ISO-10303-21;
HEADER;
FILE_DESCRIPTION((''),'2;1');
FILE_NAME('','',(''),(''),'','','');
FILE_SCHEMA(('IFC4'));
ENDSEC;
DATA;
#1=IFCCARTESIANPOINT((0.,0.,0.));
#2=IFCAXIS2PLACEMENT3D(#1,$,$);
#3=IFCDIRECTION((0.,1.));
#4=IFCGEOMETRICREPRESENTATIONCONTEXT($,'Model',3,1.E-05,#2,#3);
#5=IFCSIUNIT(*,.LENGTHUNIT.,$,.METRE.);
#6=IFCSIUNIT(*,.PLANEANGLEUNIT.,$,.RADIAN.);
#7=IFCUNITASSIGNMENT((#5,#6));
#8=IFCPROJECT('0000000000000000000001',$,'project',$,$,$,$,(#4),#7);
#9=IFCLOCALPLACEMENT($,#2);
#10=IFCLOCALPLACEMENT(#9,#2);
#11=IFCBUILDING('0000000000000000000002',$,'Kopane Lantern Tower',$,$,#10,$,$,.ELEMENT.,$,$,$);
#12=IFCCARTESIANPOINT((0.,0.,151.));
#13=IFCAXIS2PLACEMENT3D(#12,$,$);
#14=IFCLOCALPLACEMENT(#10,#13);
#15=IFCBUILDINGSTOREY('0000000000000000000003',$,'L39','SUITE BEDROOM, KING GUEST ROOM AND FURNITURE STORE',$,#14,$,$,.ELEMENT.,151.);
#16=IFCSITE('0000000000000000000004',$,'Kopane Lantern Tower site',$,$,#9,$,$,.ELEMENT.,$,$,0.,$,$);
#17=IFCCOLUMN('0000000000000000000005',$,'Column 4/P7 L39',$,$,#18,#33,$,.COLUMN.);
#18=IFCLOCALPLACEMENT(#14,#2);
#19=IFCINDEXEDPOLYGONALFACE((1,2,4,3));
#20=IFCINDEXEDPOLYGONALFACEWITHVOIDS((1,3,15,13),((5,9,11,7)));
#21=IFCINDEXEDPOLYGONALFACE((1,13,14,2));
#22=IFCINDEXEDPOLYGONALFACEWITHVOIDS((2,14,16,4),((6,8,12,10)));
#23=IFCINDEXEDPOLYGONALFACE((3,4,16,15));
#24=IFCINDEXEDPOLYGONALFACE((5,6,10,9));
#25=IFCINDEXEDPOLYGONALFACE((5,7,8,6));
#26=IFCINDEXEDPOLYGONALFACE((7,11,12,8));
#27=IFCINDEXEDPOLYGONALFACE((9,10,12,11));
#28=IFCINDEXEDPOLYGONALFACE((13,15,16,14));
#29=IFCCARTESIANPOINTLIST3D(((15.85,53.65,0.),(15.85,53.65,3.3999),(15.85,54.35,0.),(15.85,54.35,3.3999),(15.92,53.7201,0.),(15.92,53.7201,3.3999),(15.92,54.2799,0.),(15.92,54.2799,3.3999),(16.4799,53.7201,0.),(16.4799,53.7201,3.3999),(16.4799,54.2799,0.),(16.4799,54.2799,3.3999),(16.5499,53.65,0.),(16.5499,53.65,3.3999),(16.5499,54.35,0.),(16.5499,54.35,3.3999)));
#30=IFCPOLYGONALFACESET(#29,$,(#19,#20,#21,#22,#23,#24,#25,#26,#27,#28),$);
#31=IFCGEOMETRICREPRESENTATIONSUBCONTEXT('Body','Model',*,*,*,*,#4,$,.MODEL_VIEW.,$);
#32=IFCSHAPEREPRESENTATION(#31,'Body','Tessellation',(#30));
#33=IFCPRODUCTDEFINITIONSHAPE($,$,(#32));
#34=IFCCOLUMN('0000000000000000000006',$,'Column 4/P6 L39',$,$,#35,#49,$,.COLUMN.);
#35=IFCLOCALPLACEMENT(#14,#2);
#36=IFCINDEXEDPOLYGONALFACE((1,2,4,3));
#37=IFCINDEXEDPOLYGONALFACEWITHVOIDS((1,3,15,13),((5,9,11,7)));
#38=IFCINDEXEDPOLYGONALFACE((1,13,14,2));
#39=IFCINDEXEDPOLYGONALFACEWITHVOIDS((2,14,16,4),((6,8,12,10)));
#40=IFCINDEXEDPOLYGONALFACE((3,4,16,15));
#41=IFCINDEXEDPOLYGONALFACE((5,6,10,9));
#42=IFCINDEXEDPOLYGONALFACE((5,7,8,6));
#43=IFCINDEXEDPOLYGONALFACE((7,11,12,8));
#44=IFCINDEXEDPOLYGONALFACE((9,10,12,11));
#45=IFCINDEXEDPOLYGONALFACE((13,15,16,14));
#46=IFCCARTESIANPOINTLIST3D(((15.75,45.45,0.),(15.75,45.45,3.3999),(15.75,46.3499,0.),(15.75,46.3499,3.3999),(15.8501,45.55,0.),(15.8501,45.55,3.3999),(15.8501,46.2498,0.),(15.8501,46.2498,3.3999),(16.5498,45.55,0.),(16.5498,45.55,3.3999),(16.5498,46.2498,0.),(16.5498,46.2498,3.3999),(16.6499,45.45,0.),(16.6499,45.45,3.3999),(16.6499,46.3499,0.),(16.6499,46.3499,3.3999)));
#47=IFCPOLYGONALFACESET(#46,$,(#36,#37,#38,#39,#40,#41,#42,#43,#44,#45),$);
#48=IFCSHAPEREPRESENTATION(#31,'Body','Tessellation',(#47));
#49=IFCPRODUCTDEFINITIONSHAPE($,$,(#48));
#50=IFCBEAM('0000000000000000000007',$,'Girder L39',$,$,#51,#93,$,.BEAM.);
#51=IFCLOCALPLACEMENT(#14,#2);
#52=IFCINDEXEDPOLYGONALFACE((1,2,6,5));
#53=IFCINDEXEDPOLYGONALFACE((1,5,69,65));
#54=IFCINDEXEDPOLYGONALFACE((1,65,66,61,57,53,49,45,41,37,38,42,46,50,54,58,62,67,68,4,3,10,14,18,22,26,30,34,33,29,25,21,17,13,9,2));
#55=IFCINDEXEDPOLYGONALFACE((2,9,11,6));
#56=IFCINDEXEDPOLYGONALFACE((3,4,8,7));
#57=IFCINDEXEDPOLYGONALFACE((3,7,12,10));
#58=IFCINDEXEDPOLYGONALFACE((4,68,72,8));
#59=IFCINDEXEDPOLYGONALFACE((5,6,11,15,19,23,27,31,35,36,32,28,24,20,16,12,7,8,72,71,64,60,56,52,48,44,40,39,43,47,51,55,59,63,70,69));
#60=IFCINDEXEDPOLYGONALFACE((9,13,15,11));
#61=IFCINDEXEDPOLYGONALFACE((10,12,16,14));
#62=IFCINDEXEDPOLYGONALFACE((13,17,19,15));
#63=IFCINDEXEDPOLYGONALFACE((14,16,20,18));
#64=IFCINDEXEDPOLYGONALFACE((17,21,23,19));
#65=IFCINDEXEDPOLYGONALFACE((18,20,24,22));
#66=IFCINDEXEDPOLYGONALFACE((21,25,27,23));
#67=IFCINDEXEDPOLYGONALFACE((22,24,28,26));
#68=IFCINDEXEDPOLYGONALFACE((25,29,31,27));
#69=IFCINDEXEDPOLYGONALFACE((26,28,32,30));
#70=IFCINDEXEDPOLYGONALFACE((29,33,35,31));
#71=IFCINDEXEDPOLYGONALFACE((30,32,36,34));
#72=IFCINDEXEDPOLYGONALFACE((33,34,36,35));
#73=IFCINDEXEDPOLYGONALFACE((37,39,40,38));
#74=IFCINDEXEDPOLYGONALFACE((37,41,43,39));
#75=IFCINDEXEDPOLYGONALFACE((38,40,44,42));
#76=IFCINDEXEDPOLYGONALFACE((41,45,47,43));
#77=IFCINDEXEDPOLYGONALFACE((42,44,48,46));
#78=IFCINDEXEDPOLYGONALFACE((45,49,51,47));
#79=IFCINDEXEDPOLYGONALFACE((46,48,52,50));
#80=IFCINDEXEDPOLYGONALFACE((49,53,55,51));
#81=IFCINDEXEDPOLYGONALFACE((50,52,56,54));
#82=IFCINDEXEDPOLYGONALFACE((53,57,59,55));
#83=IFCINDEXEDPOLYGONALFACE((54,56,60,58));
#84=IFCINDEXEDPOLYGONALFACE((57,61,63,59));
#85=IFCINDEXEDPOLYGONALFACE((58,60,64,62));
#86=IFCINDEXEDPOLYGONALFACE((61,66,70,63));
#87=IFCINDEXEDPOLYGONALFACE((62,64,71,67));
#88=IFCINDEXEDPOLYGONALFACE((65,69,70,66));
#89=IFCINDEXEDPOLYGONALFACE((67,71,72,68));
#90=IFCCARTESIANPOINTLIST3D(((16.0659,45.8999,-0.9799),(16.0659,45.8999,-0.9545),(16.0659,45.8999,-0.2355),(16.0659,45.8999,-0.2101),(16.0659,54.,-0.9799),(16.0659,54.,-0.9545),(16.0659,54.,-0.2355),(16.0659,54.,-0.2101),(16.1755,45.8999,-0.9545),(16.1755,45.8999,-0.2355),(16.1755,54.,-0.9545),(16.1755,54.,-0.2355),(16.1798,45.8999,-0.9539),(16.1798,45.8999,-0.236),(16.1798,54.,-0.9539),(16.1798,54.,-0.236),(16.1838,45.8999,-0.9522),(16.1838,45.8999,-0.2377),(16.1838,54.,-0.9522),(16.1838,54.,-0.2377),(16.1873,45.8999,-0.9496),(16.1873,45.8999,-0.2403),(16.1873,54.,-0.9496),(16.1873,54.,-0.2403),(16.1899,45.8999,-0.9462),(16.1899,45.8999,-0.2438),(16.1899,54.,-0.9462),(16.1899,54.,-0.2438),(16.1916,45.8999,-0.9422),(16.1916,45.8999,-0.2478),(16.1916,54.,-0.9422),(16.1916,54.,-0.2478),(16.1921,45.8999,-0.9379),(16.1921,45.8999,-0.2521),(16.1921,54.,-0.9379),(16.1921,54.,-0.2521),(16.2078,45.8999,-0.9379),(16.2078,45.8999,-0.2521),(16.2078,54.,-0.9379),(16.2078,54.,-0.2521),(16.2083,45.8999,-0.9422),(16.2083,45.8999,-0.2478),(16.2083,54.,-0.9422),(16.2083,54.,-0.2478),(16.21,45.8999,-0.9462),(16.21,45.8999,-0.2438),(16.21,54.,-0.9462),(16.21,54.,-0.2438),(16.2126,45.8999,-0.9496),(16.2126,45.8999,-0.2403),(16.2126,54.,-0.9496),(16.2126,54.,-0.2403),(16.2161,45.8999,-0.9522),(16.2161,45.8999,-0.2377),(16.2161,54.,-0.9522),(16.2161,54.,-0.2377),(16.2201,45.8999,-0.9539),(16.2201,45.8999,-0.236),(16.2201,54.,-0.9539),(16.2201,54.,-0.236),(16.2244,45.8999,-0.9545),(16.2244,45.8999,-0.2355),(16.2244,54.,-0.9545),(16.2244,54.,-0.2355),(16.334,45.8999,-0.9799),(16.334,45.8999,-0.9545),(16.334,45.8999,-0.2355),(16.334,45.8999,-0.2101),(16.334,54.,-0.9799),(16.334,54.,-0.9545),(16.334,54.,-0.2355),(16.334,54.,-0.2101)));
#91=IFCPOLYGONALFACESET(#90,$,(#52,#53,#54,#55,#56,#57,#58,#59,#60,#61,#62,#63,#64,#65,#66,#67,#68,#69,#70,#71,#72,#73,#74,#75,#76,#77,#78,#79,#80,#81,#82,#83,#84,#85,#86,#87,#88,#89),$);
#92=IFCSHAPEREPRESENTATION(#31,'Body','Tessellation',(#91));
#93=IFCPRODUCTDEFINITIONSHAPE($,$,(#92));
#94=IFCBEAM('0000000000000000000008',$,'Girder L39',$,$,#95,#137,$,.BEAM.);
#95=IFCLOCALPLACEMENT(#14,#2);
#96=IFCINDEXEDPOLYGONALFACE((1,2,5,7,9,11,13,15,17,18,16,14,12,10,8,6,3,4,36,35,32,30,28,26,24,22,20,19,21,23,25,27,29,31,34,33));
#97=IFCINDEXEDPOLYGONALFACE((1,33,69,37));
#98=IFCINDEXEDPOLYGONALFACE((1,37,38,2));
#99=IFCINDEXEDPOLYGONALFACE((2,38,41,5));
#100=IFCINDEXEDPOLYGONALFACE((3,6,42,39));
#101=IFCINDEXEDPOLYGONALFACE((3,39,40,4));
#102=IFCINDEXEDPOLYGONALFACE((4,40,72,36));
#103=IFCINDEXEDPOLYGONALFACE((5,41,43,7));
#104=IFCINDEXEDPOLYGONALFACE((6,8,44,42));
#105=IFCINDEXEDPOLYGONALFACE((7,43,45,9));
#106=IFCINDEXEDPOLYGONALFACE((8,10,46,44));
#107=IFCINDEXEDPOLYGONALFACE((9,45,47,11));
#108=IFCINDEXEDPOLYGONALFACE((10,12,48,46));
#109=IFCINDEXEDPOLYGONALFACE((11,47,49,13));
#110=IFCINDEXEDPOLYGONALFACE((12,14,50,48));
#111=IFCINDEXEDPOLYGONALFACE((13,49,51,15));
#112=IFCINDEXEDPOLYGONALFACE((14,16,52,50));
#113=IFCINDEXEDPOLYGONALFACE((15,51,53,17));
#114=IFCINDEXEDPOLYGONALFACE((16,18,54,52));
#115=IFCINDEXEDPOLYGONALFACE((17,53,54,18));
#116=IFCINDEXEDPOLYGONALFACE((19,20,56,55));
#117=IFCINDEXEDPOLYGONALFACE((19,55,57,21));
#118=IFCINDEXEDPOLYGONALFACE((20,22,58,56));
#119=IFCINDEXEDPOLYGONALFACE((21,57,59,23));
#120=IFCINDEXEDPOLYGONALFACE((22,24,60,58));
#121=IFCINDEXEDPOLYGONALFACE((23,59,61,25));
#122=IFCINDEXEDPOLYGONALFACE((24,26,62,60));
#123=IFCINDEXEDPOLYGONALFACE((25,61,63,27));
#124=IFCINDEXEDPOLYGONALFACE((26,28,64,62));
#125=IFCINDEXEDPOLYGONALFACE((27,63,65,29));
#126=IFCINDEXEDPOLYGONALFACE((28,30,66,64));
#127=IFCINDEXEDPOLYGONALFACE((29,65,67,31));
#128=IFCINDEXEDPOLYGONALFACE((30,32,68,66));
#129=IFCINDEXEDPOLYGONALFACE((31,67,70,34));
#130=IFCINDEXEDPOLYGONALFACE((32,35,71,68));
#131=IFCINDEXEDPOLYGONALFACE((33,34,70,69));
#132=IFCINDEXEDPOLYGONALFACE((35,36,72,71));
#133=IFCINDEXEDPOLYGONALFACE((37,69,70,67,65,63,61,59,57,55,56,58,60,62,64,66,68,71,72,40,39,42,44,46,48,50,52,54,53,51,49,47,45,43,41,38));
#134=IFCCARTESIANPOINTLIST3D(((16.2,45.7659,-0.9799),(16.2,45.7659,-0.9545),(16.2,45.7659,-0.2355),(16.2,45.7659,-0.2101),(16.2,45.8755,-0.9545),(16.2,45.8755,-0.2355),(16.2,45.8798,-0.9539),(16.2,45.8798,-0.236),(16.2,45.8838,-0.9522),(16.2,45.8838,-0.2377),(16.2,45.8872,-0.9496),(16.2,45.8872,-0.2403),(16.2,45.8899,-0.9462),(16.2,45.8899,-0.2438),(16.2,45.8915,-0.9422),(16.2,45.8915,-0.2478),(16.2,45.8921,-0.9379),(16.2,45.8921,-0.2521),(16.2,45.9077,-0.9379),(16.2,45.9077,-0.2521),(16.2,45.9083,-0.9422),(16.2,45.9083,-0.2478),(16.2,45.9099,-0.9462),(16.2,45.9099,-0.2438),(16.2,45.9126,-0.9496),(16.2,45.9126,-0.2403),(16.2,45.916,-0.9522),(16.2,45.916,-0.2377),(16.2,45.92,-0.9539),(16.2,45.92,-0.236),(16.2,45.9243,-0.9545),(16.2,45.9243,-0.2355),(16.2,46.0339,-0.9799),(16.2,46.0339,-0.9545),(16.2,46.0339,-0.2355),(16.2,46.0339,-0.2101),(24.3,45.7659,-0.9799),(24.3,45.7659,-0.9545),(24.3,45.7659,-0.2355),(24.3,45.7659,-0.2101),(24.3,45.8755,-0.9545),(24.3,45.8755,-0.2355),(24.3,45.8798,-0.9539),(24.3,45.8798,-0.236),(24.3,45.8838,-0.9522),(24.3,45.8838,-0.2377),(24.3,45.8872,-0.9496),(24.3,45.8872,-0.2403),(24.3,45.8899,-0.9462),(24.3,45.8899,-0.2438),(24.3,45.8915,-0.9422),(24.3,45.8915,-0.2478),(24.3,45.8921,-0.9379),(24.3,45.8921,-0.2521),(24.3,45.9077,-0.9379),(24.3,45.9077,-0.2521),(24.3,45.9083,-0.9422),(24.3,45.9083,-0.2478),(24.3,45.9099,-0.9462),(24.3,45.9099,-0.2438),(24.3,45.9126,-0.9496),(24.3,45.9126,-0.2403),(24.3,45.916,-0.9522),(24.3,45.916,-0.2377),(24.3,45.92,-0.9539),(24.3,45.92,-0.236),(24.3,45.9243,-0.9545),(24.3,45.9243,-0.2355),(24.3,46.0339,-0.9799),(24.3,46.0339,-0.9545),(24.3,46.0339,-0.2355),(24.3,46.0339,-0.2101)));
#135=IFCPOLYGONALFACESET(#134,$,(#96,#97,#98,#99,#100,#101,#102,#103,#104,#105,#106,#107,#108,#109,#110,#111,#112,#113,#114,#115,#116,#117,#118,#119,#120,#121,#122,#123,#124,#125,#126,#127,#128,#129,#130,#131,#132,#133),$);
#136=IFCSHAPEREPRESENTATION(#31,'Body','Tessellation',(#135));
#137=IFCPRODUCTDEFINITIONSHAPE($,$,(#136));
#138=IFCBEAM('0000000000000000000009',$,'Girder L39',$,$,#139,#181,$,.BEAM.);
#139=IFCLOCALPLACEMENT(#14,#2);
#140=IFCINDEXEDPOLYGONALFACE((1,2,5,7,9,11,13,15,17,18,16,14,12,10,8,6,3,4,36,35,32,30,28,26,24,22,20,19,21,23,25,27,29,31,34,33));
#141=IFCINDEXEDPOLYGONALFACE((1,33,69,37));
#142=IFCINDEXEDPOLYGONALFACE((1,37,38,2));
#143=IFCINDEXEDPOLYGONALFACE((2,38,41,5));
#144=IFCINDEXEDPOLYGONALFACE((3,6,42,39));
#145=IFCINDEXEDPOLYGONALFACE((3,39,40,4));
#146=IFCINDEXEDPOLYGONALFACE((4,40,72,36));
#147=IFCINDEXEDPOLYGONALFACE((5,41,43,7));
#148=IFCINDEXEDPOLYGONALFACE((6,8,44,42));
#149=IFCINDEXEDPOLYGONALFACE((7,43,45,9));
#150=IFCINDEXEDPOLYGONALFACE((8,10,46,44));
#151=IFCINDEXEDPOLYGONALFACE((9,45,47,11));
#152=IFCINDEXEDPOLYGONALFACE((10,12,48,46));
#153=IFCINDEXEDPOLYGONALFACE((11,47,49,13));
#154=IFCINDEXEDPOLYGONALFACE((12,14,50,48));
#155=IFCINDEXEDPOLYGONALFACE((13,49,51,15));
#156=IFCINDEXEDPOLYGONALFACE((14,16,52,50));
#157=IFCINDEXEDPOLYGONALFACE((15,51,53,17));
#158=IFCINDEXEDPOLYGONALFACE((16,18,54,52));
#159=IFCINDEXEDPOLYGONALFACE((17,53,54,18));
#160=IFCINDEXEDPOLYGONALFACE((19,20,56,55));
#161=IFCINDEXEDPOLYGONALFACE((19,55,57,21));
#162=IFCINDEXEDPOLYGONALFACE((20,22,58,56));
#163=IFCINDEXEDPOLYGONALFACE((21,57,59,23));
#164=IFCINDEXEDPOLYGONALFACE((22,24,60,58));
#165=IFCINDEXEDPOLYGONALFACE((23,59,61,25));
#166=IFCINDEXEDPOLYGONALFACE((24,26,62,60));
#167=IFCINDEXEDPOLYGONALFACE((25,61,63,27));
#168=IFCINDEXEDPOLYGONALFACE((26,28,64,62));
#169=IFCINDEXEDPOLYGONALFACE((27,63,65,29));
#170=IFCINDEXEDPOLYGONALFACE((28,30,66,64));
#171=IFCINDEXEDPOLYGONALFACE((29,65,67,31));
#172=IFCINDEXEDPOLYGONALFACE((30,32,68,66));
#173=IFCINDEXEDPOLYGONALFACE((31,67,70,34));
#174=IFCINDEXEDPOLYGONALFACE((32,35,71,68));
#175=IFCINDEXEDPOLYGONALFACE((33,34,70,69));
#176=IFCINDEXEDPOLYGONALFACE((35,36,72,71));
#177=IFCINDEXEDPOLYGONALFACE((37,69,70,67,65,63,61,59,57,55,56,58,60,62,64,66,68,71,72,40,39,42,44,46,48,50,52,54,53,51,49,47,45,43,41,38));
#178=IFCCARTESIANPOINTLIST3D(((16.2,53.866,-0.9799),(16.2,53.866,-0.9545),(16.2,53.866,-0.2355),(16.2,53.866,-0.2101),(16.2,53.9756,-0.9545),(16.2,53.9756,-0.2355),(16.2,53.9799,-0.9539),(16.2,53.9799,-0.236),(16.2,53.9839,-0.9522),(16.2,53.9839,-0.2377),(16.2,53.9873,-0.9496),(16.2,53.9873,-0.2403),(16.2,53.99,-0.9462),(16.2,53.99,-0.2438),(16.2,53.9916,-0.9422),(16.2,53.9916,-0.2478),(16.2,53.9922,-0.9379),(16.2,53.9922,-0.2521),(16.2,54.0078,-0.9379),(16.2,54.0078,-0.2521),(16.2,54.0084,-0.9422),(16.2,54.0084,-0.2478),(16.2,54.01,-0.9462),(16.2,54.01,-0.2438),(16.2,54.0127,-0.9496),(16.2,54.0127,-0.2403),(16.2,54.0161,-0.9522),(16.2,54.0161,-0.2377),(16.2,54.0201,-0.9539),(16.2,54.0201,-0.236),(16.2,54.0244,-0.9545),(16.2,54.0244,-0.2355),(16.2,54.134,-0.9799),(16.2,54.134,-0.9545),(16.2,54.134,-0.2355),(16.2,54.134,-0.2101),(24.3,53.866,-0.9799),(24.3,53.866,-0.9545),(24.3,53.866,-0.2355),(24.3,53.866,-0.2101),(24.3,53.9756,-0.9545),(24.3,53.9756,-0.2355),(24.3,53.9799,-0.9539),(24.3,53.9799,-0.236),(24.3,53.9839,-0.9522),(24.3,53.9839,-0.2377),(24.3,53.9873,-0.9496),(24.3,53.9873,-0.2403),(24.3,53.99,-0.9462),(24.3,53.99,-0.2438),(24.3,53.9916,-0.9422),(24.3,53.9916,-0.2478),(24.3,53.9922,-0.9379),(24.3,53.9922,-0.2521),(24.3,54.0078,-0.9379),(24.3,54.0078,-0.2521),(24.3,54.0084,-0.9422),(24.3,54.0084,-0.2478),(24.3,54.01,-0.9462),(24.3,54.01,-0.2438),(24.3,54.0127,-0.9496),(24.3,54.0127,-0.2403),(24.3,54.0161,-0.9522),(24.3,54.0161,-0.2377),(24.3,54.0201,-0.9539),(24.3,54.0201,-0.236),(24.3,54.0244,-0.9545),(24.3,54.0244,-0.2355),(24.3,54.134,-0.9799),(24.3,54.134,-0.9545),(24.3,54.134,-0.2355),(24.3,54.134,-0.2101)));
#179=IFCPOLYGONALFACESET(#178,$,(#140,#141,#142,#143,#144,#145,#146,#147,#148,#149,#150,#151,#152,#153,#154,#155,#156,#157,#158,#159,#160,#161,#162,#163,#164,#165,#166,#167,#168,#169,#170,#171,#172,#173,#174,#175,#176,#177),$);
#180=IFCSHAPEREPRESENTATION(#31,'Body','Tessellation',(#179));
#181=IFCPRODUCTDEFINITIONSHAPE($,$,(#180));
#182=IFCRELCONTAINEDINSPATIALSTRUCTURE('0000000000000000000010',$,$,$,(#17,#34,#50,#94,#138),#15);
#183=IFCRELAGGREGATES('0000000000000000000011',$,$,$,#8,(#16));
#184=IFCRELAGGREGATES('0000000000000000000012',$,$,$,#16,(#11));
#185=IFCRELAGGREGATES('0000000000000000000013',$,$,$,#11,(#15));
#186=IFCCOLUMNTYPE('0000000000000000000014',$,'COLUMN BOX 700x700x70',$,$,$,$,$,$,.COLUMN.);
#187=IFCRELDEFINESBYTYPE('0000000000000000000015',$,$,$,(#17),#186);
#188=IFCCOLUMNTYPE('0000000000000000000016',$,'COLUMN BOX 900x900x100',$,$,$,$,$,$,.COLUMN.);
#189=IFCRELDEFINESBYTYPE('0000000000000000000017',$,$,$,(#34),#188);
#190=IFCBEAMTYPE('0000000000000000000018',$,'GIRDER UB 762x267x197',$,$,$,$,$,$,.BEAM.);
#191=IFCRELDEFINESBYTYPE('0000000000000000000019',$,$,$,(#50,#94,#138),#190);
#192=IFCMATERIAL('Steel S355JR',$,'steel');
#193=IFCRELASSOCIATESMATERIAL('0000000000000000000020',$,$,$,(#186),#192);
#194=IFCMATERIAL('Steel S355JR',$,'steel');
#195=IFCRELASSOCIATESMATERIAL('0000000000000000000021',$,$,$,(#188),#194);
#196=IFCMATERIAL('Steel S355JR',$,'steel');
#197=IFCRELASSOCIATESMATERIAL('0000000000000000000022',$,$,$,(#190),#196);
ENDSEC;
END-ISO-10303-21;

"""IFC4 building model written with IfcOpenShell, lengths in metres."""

from ifc_helpers import new_model, si_unit, direction, frame, origin, origin_2d, place, context, subcontext, project, spatial, hollow_rectangle, i_section, extrude, material, material_profile, profile_set, type_object, element, save


model = new_model("IFC4")

# Units and contexts
model_context = context("Model", 3, precision=1e-05, world=origin(), true_north=direction((0.0, 1.0)))
body_context = subcontext(model_context, "Body", "Model", "MODEL_VIEW")
ifc_project = project(units=[si_unit("LENGTHUNIT", "METRE"), si_unit("PLANEANGLEUNIT", "RADIAN")], contexts=[model_context])

# Site, building, storey
site_placement = place(None, origin())
site = spatial("IfcSite", under=ifc_project, at=site_placement, Name="Kopane Lantern Tower site", CompositionType="ELEMENT", RefElevation=0.0)
building_placement = place(site_placement, origin())
building = spatial("IfcBuilding", under=site, at=building_placement, Name="Kopane Lantern Tower", CompositionType="ELEMENT")
storey_placement = place(building_placement, frame((0.0, 0.0, 151.0)))
storey = spatial("IfcBuildingStorey", under=building, at=storey_placement, Name="L39", Description="SUITE BEDROOM, KING GUEST ROOM AND FURNITURE STORE", CompositionType="ELEMENT", Elevation=151.0)

# Columns
ifc_material_1 = material(Name="Steel S355JR", Category="steel")
ifc_material_profile_1 = material_profile(ifc_material_1, hollow_rectangle(XDim=0.7, YDim=0.7, WallThickness=0.0701, at=origin_2d()), Name="BOX 700x700x70")
ifc_profile_set_1 = profile_set([ifc_material_profile_1], Name="Steel S355JR")
column_type_1 = type_object("IfcColumnType", Name="COLUMN BOX 700x700x70", PredefinedType="COLUMN", material=ifc_profile_set_1)
column_1_placement = place(storey_placement, frame((16.2, 54.0, 0.0), z_axis=(0.0, 0.0, 1.0), x_axis=(1.0, 0.0, 0.0)))
element("IfcColumn", 1, at=column_1_placement, inside=storey, type_object=column_type_1, Name="Column 4/P7 L39", PredefinedType="COLUMN", context=body_context, shape_type="SweptSolid", body=[
    extrude(hollow_rectangle(XDim=0.7, YDim=0.7, WallThickness=0.0701, at=origin_2d()), origin(), (0.0, 0.0, 1.0), 3.3999),
])
ifc_material_2 = material(Name="Steel S355JR", Category="steel")
ifc_material_profile_2 = material_profile(ifc_material_2, hollow_rectangle(XDim=0.8999, YDim=0.8999, WallThickness=0.1001, at=origin_2d()), Name="BOX 900x900x100")
ifc_profile_set_2 = profile_set([ifc_material_profile_2], Name="Steel S355JR")
column_type_2 = type_object("IfcColumnType", Name="COLUMN BOX 900x900x100", PredefinedType="COLUMN", material=ifc_profile_set_2)
column_2_placement = place(storey_placement, frame((16.2, 45.8999, 0.0), z_axis=(0.0, 0.0, 1.0), x_axis=(1.0, 0.0, 0.0)))
element("IfcColumn", 2, at=column_2_placement, inside=storey, type_object=column_type_2, Name="Column 4/P6 L39", PredefinedType="COLUMN", context=body_context, shape_type="SweptSolid", body=[
    extrude(hollow_rectangle(XDim=0.8999, YDim=0.8999, WallThickness=0.1001, at=origin_2d()), origin(), (0.0, 0.0, 1.0), 3.3999),
])

# Beams
ifc_material_3 = material(Name="Steel S355JR", Category="steel")
ifc_material_profile_3 = material_profile(ifc_material_3, i_section(OverallWidth=0.2681, OverallDepth=0.7698, WebThickness=0.0156, FlangeThickness=0.0254, FilletRadius=0.0166, at=origin_2d()), Name="UB 762x267x197")
ifc_profile_set_3 = profile_set([ifc_material_profile_3], Name="Steel S355JR")
beam_type = type_object("IfcBeamType", Name="GIRDER UB 762x267x197", PredefinedType="BEAM", material=ifc_profile_set_3)
for number, where, z_axis, x_axis, name in (
    (3, (16.2, 45.8999, -0.595), (0.0, 1.0, 0.0), (-1.0, 0.0, 0.0), "Girder L39"),
    (4, (16.2, 45.8999, -0.595), (1.0, 0.0, 0.0), (0.0, 1.0, 0.0), "Girder L39"),
    (5, (16.2, 54.0, -0.595), (1.0, 0.0, 0.0), (0.0, 1.0, 0.0), "Girder L39"),
):
    element("IfcBeam", number, at=place(storey_placement, frame(where, z_axis=z_axis, x_axis=x_axis)), inside=storey, type_object=beam_type, Name=name, PredefinedType="BEAM", context=body_context, shape_type="SweptSolid", body=[
        extrude(i_section(OverallWidth=0.2681, OverallDepth=0.7698, WebThickness=0.0156, FlangeThickness=0.0254, FilletRadius=0.0166, at=origin_2d()), origin(), (0.0, 0.0, 1.0), 8.1001),
    ])

save(model, "model.ifc")
